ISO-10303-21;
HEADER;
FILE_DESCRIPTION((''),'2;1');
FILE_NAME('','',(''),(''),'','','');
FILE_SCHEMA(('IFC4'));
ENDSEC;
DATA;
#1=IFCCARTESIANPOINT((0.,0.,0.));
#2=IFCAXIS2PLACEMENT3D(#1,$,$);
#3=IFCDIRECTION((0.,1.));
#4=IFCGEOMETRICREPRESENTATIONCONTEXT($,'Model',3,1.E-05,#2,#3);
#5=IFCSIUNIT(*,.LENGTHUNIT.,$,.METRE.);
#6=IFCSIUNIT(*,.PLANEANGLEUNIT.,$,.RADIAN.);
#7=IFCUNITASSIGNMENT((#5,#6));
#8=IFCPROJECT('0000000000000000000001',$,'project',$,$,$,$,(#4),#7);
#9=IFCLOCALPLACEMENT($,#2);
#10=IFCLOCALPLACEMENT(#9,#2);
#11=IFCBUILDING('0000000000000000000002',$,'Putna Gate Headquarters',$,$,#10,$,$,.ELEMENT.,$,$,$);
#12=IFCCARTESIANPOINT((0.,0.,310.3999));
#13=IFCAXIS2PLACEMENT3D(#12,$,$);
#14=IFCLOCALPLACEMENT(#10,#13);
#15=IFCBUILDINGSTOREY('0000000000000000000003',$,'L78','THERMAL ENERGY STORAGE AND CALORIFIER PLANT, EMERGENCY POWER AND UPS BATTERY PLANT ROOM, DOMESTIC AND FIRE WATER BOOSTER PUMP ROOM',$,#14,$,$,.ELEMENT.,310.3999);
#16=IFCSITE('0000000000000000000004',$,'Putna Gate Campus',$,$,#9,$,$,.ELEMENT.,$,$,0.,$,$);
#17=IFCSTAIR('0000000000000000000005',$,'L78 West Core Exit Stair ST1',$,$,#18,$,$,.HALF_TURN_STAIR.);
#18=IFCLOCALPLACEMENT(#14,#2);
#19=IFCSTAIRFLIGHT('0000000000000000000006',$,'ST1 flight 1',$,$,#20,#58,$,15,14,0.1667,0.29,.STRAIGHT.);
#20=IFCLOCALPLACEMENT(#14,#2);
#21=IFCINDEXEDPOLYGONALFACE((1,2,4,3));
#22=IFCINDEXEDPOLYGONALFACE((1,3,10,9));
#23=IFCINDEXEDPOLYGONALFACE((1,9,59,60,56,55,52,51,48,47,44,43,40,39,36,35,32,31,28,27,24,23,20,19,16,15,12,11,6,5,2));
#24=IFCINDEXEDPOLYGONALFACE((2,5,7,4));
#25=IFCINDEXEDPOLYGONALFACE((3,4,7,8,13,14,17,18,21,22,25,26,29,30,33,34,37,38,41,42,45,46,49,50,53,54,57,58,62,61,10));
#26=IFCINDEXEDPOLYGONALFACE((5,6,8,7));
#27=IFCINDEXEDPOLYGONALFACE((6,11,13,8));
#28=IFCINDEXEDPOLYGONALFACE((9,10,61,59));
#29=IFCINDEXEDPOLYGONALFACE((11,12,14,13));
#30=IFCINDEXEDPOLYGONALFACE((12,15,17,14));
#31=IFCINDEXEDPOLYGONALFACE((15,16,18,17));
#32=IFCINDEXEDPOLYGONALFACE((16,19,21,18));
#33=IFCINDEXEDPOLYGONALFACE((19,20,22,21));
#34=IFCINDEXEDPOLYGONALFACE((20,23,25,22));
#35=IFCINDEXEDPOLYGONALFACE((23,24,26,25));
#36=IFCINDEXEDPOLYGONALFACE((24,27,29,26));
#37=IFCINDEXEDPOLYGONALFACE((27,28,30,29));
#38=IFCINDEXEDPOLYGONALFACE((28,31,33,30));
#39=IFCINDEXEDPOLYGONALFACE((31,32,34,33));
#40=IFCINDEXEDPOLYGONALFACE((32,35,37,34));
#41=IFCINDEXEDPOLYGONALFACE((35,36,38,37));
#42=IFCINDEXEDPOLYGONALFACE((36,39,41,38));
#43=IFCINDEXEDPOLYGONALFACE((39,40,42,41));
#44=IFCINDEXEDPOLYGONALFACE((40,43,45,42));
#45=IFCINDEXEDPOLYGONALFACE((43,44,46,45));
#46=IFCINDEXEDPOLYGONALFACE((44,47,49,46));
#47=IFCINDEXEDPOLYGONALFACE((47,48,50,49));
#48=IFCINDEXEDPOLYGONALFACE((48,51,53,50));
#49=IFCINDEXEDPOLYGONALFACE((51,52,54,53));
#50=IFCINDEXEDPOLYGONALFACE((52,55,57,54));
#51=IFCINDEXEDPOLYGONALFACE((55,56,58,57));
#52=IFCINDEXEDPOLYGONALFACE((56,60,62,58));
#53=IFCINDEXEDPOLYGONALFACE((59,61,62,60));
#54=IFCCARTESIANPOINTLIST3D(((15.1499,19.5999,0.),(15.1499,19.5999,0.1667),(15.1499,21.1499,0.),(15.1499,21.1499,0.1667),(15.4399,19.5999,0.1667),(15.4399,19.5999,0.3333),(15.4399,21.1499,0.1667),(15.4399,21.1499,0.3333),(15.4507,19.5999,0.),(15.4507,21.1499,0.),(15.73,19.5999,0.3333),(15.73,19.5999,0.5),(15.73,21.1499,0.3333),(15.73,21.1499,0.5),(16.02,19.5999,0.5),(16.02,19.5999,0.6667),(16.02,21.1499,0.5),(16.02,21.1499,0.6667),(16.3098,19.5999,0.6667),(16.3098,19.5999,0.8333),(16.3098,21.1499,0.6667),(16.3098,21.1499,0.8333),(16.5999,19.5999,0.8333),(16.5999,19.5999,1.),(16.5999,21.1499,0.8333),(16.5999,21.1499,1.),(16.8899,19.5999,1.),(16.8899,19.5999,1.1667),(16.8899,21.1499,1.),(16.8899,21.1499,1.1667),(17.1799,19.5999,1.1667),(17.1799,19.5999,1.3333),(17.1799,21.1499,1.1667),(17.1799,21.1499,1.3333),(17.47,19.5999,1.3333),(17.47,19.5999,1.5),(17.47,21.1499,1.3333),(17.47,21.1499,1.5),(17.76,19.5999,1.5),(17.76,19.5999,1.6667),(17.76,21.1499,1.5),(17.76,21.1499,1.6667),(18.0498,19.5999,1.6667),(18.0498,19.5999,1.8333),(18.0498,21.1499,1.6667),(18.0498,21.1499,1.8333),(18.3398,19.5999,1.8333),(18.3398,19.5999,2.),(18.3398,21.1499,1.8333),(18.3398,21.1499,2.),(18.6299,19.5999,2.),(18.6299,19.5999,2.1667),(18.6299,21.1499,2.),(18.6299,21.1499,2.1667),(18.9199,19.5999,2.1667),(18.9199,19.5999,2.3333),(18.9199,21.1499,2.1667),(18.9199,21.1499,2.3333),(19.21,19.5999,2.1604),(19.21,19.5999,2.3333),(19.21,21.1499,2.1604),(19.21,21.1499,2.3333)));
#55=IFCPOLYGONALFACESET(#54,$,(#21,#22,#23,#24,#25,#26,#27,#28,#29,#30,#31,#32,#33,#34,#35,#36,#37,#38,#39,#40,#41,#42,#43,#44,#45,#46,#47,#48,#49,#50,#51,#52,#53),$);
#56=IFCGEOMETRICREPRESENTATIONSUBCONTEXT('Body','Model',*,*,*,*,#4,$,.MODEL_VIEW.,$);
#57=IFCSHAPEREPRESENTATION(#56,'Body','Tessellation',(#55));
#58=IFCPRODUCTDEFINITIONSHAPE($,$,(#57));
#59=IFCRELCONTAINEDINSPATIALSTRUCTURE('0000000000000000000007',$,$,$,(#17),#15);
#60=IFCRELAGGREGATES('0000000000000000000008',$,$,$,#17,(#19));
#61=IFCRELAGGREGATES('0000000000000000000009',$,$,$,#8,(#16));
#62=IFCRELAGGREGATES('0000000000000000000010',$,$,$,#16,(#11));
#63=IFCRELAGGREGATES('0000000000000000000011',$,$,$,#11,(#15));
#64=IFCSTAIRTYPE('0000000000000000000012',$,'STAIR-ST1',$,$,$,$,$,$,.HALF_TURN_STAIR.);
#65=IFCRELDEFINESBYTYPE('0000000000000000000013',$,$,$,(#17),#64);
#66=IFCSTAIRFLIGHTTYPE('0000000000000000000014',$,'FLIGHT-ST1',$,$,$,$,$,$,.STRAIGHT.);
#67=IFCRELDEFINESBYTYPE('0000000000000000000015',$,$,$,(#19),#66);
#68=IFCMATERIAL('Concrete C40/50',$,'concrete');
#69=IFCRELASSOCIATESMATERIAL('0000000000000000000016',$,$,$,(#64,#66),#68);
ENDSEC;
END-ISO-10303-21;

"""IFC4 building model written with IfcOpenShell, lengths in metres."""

from ifc_helpers import new_model, si_unit, direction, frame, origin, place, context, subcontext, project, spatial, polyline, outline, extrude, material, type_object, element, aggregate, save


model = new_model("IFC4")

# Units and contexts
model_context = context("Model", 3, precision=1e-05, world=origin(), true_north=direction((0.0, 1.0)))
body_context = subcontext(model_context, "Body", "Model", "MODEL_VIEW")
ifc_project = project(units=[si_unit("LENGTHUNIT", "METRE"), si_unit("PLANEANGLEUNIT", "RADIAN")], contexts=[model_context])

# Site, building, storey
site_placement = place(None, origin())
site = spatial("IfcSite", under=ifc_project, at=site_placement, Name="Putna Gate Campus", CompositionType="ELEMENT", RefElevation=0.0)
building_placement = place(site_placement, origin())
building = spatial("IfcBuilding", under=site, at=building_placement, Name="Putna Gate Headquarters", CompositionType="ELEMENT")
storey_placement = place(building_placement, frame((0.0, 0.0, 310.3999)))
storey = spatial("IfcBuildingStorey", under=building, at=storey_placement, Name="L78", Description="THERMAL ENERGY STORAGE AND CALORIFIER PLANT, EMERGENCY POWER AND UPS BATTERY PLANT ROOM, DOMESTIC AND FIRE WATER BOOSTER PUMP ROOM", CompositionType="ELEMENT", Elevation=310.3999)

# Shared definitions
ifc_material_1 = material(Name="Concrete C40/50", Category="concrete")

# Stair, stair flight
stair_type = type_object("IfcStairType", Name="STAIR-ST1", PredefinedType="HALF_TURN_STAIR", material=ifc_material_1)
stair_placement = place(storey_placement, origin())
stair = element("IfcStair", 1, at=stair_placement, inside=storey, type_object=stair_type, Name="L78 West Core Exit Stair ST1", PredefinedType="HALF_TURN_STAIR")
stair_flight_type = type_object("IfcStairFlightType", Name="FLIGHT-ST1", PredefinedType="STRAIGHT", material=ifc_material_1)
stair_flight_placement = place(storey_placement, frame((15.1499, 20.375, 0.0), z_axis=(0.0, 0.0, 1.0), x_axis=(1.0, 0.0, 0.0)))
stair_flight = element("IfcStairFlight", 2, at=stair_flight_placement, type_object=stair_flight_type, Name="ST1 flight 1", NumberOfRisers=15, NumberOfTreads=14, PredefinedType="STRAIGHT", RiserHeight=0.1667, TreadLength=0.29, context=body_context, shape_type="SweptSolid", body=[
    extrude(outline(polyline([(0.0, 0.0), (0.0, 0.1667), (0.29, 0.1667), (0.29, 0.3333), (0.5801, 0.3333), (0.5801, 0.5), (0.8701, 0.5), (0.8701, 0.6667), (1.1599, 0.6667), (1.1599, 0.8333), (1.45, 0.8333), (1.45, 1.0), (1.74, 1.0), (1.74, 1.1667), (2.03, 1.1667), (2.03, 1.3333), (2.3201, 1.3333), (2.3201, 1.5), (2.6101, 1.5), (2.6101, 1.6667), (2.8999, 1.6667), (2.8999, 1.8333), (3.1899, 1.8333), (3.1899, 2.0), (3.48, 2.0), (3.48, 2.1667), (3.77, 2.1667), (3.77, 2.3333), (4.0601, 2.3333), (4.0601, 2.5), (4.0601, 2.1604), (0.3008, 0.0), (0.0, 0.0)])), frame((0.0, 0.7749, 0.0), z_axis=(0.0, -1.0, 0.0), x_axis=(1.0, 0.0, 0.0)), (0.0, 0.0, 1.0), 1.55),
])
aggregate(stair, [stair_flight])

save(model, "model.ifc")
